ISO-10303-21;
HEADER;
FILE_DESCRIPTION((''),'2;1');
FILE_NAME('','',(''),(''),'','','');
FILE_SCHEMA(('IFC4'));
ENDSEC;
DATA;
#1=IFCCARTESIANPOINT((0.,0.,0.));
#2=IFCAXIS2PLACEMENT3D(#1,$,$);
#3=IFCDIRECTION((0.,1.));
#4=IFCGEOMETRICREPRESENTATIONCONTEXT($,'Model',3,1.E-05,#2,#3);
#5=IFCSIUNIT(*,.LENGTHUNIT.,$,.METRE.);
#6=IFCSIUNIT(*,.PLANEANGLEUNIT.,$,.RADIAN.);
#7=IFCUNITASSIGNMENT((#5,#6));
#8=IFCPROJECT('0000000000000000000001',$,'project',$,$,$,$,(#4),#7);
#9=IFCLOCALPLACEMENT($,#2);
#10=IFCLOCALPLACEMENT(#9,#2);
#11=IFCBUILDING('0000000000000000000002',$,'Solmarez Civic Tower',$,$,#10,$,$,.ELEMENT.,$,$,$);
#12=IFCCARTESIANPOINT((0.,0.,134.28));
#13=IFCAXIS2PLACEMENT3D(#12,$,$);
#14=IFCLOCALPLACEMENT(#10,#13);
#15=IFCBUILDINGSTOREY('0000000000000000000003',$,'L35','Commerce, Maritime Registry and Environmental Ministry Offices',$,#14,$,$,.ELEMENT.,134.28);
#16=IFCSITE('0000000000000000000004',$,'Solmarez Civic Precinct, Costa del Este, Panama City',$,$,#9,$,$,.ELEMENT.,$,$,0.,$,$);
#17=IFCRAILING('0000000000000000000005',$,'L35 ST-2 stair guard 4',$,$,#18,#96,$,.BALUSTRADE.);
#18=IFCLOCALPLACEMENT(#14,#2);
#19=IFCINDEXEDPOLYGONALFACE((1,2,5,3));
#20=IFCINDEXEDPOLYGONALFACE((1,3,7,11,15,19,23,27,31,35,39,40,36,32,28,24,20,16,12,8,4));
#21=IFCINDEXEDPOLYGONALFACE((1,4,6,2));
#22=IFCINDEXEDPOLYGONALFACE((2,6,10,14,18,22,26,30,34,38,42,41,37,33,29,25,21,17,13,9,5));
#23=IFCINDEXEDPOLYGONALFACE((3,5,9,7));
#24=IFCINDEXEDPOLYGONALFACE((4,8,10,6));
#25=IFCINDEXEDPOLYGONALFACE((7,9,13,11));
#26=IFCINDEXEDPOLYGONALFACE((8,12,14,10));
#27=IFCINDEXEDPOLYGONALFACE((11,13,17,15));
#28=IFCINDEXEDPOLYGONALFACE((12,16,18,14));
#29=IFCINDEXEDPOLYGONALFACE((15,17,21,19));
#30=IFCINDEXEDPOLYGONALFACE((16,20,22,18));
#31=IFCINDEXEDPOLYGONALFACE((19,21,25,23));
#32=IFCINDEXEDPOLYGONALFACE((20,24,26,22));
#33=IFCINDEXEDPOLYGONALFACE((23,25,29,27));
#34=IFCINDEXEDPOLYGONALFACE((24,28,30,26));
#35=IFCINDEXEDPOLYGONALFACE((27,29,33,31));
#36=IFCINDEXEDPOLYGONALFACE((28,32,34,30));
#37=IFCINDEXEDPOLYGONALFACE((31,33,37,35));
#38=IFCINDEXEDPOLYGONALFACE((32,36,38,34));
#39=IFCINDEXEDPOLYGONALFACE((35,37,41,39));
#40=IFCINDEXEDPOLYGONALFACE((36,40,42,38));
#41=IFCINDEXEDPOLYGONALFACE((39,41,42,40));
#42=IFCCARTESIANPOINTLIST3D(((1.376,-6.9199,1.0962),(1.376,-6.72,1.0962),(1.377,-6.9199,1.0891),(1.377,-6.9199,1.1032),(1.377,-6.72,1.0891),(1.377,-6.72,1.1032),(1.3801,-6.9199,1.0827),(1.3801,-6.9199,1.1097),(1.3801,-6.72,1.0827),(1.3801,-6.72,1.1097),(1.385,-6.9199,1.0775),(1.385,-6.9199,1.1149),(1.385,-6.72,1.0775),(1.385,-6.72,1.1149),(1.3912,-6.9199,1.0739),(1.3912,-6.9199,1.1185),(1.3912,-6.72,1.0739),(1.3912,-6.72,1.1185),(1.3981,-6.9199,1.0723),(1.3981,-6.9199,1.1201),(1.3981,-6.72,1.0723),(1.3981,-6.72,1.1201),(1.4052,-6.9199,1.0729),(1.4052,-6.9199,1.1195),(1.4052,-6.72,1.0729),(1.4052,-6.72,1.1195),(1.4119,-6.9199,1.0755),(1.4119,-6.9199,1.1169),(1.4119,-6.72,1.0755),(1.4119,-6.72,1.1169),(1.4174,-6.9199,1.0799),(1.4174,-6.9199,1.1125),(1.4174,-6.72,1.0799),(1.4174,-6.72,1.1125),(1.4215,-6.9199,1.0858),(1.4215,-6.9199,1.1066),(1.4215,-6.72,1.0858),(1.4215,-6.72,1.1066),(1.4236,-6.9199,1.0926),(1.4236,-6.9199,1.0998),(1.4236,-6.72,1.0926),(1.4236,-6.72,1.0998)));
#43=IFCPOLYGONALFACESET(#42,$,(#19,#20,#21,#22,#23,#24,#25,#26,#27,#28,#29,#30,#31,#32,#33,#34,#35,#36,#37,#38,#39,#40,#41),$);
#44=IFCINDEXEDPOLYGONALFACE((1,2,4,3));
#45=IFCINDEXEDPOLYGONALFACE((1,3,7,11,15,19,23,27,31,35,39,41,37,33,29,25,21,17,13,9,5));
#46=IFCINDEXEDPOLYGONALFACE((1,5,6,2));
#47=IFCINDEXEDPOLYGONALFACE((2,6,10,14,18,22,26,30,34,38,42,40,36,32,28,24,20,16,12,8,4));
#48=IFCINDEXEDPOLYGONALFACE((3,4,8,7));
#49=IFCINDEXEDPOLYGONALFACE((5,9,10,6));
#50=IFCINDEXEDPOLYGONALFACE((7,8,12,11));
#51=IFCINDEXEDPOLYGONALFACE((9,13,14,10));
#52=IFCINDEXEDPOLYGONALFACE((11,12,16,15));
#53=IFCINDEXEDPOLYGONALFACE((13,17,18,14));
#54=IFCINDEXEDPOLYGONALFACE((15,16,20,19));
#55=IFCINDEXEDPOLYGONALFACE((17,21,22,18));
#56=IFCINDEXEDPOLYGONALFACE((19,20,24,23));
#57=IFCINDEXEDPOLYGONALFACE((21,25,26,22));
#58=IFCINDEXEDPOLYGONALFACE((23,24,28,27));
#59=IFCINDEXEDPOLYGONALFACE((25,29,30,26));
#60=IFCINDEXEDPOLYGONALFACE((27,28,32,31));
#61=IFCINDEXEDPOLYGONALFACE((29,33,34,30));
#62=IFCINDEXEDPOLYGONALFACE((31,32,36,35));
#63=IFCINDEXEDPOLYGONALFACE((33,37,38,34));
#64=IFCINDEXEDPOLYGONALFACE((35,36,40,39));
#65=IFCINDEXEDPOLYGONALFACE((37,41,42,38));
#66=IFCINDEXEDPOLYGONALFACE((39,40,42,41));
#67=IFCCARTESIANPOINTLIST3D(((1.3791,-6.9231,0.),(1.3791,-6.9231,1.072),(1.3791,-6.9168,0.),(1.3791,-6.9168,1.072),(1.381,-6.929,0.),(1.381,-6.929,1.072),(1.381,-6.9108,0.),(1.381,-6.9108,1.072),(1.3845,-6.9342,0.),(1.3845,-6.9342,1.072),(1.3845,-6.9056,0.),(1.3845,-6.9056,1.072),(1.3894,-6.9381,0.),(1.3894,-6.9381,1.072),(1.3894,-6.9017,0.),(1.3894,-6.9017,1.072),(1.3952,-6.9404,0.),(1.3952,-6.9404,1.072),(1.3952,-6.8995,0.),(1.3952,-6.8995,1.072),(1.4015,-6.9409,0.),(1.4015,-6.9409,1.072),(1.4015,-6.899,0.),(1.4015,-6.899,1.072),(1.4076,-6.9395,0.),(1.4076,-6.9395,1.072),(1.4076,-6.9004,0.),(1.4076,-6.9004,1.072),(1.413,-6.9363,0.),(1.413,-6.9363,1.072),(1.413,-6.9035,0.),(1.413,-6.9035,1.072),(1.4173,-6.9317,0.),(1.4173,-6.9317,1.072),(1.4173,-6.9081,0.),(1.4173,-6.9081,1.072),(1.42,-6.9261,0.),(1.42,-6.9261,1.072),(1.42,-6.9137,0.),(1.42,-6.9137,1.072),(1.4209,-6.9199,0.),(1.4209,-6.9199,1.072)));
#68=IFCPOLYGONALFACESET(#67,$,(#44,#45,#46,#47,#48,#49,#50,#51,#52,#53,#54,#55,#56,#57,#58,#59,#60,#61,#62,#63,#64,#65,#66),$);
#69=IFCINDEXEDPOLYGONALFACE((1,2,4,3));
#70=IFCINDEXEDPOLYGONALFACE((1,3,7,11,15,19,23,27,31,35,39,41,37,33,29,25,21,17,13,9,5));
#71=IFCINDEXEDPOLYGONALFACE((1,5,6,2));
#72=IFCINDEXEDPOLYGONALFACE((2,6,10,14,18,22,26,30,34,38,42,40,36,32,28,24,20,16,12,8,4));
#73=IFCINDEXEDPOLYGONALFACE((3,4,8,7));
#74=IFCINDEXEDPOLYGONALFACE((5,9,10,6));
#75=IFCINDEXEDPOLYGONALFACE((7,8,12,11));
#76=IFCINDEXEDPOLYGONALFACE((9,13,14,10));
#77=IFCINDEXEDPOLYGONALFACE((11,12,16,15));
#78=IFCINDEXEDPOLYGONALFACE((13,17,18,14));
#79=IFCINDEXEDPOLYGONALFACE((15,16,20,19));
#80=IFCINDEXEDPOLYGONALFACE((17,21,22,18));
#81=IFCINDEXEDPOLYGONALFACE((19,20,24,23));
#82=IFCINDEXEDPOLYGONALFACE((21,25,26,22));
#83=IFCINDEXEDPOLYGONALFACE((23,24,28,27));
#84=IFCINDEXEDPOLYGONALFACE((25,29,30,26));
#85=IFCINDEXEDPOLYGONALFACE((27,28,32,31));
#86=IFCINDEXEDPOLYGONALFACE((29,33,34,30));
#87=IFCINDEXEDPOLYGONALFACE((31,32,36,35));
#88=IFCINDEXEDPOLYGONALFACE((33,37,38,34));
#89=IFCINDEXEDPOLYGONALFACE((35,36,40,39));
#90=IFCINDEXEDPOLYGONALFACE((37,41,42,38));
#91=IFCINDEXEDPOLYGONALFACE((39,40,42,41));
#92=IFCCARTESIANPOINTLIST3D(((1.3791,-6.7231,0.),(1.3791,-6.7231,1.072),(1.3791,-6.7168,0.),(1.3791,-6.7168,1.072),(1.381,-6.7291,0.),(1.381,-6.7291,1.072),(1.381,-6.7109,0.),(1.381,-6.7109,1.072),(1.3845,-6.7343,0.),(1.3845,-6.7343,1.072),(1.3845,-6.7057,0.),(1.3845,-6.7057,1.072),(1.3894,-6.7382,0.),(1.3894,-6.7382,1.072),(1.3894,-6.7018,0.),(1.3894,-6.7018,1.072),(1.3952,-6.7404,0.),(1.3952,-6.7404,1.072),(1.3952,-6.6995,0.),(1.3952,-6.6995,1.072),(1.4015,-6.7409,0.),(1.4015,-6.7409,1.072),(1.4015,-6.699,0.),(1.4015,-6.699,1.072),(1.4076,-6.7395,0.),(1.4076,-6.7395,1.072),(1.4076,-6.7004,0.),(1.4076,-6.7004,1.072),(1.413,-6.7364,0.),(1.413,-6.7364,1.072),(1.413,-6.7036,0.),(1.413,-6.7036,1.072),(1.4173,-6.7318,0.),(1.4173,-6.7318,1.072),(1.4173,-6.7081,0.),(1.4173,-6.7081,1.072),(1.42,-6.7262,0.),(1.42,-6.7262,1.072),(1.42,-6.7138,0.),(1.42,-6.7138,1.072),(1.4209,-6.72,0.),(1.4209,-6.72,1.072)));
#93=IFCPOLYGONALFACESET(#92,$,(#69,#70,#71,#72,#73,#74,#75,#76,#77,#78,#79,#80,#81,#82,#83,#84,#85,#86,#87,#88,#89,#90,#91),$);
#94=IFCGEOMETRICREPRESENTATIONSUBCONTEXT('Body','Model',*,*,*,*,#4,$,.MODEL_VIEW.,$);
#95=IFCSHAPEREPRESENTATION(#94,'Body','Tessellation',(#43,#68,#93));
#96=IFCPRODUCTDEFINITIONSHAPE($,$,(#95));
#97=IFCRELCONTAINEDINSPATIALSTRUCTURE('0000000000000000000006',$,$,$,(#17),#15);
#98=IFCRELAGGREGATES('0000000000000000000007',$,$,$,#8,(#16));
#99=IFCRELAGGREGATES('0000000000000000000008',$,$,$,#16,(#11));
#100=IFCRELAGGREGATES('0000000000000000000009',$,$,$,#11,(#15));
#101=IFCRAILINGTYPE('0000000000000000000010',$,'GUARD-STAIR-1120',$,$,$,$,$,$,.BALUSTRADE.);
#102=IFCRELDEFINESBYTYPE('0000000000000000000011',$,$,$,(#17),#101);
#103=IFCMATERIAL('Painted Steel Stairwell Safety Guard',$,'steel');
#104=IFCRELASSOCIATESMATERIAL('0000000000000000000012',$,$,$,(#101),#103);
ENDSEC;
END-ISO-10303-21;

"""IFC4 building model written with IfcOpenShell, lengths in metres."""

from ifc_helpers import new_model, si_unit, direction, frame, origin, origin_2d, place, context, subcontext, project, spatial, circle, extrude, material, type_object, element, save


model = new_model("IFC4")

# Units and contexts
model_context = context("Model", 3, precision=1e-05, world=origin(), true_north=direction((0.0, 1.0)))
body_context = subcontext(model_context, "Body", "Model", "MODEL_VIEW")
ifc_project = project(units=[si_unit("LENGTHUNIT", "METRE"), si_unit("PLANEANGLEUNIT", "RADIAN")], contexts=[model_context])

# Site, building, storey
site_placement = place(None, origin())
site = spatial("IfcSite", under=ifc_project, at=site_placement, Name="Solmarez Civic Precinct, Costa del Este, Panama City", CompositionType="ELEMENT", RefElevation=0.0)
building_placement = place(site_placement, origin())
building = spatial("IfcBuilding", under=site, at=building_placement, Name="Solmarez Civic Tower", CompositionType="ELEMENT")
storey_placement = place(building_placement, frame((0.0, 0.0, 134.28)))
storey = spatial("IfcBuildingStorey", under=building, at=storey_placement, Name="L35", Description="Commerce, Maritime Registry and Environmental Ministry Offices", CompositionType="ELEMENT", Elevation=134.28)

# Railing
ifc_material_1 = material(Name="Painted Steel Stairwell Safety Guard", Category="steel")
railing_type_1 = type_object("IfcRailingType", Name="GUARD-STAIR-1120", PredefinedType="BALUSTRADE", material=ifc_material_1)
railing_1_placement = place(storey_placement, frame((1.3999, -6.9199, 0.0)))
element("IfcRailing", 1, at=railing_1_placement, inside=storey, type_object=railing_type_1, Name="L35 ST-2 stair guard 4", PredefinedType="BALUSTRADE", context=body_context, shape_type="SweptSolid", body=[
    extrude(circle(Radius=0.0239, at=origin_2d()), frame((0.0, 0.0, 1.0962), z_axis=(0.0, 1.0, 0.0), x_axis=(-1.0, 0.0, 0.0)), (0.0, 0.0, 1.0), 0.2),
    extrude(circle(Radius=0.021, at=origin_2d()), origin(), (0.0, 0.0, 1.0), 1.072),
    extrude(circle(Radius=0.021, at=origin_2d()), frame((0.0, 0.2, 0.0)), (0.0, 0.0, 1.0), 1.072),
])

save(model, "model.ifc")
